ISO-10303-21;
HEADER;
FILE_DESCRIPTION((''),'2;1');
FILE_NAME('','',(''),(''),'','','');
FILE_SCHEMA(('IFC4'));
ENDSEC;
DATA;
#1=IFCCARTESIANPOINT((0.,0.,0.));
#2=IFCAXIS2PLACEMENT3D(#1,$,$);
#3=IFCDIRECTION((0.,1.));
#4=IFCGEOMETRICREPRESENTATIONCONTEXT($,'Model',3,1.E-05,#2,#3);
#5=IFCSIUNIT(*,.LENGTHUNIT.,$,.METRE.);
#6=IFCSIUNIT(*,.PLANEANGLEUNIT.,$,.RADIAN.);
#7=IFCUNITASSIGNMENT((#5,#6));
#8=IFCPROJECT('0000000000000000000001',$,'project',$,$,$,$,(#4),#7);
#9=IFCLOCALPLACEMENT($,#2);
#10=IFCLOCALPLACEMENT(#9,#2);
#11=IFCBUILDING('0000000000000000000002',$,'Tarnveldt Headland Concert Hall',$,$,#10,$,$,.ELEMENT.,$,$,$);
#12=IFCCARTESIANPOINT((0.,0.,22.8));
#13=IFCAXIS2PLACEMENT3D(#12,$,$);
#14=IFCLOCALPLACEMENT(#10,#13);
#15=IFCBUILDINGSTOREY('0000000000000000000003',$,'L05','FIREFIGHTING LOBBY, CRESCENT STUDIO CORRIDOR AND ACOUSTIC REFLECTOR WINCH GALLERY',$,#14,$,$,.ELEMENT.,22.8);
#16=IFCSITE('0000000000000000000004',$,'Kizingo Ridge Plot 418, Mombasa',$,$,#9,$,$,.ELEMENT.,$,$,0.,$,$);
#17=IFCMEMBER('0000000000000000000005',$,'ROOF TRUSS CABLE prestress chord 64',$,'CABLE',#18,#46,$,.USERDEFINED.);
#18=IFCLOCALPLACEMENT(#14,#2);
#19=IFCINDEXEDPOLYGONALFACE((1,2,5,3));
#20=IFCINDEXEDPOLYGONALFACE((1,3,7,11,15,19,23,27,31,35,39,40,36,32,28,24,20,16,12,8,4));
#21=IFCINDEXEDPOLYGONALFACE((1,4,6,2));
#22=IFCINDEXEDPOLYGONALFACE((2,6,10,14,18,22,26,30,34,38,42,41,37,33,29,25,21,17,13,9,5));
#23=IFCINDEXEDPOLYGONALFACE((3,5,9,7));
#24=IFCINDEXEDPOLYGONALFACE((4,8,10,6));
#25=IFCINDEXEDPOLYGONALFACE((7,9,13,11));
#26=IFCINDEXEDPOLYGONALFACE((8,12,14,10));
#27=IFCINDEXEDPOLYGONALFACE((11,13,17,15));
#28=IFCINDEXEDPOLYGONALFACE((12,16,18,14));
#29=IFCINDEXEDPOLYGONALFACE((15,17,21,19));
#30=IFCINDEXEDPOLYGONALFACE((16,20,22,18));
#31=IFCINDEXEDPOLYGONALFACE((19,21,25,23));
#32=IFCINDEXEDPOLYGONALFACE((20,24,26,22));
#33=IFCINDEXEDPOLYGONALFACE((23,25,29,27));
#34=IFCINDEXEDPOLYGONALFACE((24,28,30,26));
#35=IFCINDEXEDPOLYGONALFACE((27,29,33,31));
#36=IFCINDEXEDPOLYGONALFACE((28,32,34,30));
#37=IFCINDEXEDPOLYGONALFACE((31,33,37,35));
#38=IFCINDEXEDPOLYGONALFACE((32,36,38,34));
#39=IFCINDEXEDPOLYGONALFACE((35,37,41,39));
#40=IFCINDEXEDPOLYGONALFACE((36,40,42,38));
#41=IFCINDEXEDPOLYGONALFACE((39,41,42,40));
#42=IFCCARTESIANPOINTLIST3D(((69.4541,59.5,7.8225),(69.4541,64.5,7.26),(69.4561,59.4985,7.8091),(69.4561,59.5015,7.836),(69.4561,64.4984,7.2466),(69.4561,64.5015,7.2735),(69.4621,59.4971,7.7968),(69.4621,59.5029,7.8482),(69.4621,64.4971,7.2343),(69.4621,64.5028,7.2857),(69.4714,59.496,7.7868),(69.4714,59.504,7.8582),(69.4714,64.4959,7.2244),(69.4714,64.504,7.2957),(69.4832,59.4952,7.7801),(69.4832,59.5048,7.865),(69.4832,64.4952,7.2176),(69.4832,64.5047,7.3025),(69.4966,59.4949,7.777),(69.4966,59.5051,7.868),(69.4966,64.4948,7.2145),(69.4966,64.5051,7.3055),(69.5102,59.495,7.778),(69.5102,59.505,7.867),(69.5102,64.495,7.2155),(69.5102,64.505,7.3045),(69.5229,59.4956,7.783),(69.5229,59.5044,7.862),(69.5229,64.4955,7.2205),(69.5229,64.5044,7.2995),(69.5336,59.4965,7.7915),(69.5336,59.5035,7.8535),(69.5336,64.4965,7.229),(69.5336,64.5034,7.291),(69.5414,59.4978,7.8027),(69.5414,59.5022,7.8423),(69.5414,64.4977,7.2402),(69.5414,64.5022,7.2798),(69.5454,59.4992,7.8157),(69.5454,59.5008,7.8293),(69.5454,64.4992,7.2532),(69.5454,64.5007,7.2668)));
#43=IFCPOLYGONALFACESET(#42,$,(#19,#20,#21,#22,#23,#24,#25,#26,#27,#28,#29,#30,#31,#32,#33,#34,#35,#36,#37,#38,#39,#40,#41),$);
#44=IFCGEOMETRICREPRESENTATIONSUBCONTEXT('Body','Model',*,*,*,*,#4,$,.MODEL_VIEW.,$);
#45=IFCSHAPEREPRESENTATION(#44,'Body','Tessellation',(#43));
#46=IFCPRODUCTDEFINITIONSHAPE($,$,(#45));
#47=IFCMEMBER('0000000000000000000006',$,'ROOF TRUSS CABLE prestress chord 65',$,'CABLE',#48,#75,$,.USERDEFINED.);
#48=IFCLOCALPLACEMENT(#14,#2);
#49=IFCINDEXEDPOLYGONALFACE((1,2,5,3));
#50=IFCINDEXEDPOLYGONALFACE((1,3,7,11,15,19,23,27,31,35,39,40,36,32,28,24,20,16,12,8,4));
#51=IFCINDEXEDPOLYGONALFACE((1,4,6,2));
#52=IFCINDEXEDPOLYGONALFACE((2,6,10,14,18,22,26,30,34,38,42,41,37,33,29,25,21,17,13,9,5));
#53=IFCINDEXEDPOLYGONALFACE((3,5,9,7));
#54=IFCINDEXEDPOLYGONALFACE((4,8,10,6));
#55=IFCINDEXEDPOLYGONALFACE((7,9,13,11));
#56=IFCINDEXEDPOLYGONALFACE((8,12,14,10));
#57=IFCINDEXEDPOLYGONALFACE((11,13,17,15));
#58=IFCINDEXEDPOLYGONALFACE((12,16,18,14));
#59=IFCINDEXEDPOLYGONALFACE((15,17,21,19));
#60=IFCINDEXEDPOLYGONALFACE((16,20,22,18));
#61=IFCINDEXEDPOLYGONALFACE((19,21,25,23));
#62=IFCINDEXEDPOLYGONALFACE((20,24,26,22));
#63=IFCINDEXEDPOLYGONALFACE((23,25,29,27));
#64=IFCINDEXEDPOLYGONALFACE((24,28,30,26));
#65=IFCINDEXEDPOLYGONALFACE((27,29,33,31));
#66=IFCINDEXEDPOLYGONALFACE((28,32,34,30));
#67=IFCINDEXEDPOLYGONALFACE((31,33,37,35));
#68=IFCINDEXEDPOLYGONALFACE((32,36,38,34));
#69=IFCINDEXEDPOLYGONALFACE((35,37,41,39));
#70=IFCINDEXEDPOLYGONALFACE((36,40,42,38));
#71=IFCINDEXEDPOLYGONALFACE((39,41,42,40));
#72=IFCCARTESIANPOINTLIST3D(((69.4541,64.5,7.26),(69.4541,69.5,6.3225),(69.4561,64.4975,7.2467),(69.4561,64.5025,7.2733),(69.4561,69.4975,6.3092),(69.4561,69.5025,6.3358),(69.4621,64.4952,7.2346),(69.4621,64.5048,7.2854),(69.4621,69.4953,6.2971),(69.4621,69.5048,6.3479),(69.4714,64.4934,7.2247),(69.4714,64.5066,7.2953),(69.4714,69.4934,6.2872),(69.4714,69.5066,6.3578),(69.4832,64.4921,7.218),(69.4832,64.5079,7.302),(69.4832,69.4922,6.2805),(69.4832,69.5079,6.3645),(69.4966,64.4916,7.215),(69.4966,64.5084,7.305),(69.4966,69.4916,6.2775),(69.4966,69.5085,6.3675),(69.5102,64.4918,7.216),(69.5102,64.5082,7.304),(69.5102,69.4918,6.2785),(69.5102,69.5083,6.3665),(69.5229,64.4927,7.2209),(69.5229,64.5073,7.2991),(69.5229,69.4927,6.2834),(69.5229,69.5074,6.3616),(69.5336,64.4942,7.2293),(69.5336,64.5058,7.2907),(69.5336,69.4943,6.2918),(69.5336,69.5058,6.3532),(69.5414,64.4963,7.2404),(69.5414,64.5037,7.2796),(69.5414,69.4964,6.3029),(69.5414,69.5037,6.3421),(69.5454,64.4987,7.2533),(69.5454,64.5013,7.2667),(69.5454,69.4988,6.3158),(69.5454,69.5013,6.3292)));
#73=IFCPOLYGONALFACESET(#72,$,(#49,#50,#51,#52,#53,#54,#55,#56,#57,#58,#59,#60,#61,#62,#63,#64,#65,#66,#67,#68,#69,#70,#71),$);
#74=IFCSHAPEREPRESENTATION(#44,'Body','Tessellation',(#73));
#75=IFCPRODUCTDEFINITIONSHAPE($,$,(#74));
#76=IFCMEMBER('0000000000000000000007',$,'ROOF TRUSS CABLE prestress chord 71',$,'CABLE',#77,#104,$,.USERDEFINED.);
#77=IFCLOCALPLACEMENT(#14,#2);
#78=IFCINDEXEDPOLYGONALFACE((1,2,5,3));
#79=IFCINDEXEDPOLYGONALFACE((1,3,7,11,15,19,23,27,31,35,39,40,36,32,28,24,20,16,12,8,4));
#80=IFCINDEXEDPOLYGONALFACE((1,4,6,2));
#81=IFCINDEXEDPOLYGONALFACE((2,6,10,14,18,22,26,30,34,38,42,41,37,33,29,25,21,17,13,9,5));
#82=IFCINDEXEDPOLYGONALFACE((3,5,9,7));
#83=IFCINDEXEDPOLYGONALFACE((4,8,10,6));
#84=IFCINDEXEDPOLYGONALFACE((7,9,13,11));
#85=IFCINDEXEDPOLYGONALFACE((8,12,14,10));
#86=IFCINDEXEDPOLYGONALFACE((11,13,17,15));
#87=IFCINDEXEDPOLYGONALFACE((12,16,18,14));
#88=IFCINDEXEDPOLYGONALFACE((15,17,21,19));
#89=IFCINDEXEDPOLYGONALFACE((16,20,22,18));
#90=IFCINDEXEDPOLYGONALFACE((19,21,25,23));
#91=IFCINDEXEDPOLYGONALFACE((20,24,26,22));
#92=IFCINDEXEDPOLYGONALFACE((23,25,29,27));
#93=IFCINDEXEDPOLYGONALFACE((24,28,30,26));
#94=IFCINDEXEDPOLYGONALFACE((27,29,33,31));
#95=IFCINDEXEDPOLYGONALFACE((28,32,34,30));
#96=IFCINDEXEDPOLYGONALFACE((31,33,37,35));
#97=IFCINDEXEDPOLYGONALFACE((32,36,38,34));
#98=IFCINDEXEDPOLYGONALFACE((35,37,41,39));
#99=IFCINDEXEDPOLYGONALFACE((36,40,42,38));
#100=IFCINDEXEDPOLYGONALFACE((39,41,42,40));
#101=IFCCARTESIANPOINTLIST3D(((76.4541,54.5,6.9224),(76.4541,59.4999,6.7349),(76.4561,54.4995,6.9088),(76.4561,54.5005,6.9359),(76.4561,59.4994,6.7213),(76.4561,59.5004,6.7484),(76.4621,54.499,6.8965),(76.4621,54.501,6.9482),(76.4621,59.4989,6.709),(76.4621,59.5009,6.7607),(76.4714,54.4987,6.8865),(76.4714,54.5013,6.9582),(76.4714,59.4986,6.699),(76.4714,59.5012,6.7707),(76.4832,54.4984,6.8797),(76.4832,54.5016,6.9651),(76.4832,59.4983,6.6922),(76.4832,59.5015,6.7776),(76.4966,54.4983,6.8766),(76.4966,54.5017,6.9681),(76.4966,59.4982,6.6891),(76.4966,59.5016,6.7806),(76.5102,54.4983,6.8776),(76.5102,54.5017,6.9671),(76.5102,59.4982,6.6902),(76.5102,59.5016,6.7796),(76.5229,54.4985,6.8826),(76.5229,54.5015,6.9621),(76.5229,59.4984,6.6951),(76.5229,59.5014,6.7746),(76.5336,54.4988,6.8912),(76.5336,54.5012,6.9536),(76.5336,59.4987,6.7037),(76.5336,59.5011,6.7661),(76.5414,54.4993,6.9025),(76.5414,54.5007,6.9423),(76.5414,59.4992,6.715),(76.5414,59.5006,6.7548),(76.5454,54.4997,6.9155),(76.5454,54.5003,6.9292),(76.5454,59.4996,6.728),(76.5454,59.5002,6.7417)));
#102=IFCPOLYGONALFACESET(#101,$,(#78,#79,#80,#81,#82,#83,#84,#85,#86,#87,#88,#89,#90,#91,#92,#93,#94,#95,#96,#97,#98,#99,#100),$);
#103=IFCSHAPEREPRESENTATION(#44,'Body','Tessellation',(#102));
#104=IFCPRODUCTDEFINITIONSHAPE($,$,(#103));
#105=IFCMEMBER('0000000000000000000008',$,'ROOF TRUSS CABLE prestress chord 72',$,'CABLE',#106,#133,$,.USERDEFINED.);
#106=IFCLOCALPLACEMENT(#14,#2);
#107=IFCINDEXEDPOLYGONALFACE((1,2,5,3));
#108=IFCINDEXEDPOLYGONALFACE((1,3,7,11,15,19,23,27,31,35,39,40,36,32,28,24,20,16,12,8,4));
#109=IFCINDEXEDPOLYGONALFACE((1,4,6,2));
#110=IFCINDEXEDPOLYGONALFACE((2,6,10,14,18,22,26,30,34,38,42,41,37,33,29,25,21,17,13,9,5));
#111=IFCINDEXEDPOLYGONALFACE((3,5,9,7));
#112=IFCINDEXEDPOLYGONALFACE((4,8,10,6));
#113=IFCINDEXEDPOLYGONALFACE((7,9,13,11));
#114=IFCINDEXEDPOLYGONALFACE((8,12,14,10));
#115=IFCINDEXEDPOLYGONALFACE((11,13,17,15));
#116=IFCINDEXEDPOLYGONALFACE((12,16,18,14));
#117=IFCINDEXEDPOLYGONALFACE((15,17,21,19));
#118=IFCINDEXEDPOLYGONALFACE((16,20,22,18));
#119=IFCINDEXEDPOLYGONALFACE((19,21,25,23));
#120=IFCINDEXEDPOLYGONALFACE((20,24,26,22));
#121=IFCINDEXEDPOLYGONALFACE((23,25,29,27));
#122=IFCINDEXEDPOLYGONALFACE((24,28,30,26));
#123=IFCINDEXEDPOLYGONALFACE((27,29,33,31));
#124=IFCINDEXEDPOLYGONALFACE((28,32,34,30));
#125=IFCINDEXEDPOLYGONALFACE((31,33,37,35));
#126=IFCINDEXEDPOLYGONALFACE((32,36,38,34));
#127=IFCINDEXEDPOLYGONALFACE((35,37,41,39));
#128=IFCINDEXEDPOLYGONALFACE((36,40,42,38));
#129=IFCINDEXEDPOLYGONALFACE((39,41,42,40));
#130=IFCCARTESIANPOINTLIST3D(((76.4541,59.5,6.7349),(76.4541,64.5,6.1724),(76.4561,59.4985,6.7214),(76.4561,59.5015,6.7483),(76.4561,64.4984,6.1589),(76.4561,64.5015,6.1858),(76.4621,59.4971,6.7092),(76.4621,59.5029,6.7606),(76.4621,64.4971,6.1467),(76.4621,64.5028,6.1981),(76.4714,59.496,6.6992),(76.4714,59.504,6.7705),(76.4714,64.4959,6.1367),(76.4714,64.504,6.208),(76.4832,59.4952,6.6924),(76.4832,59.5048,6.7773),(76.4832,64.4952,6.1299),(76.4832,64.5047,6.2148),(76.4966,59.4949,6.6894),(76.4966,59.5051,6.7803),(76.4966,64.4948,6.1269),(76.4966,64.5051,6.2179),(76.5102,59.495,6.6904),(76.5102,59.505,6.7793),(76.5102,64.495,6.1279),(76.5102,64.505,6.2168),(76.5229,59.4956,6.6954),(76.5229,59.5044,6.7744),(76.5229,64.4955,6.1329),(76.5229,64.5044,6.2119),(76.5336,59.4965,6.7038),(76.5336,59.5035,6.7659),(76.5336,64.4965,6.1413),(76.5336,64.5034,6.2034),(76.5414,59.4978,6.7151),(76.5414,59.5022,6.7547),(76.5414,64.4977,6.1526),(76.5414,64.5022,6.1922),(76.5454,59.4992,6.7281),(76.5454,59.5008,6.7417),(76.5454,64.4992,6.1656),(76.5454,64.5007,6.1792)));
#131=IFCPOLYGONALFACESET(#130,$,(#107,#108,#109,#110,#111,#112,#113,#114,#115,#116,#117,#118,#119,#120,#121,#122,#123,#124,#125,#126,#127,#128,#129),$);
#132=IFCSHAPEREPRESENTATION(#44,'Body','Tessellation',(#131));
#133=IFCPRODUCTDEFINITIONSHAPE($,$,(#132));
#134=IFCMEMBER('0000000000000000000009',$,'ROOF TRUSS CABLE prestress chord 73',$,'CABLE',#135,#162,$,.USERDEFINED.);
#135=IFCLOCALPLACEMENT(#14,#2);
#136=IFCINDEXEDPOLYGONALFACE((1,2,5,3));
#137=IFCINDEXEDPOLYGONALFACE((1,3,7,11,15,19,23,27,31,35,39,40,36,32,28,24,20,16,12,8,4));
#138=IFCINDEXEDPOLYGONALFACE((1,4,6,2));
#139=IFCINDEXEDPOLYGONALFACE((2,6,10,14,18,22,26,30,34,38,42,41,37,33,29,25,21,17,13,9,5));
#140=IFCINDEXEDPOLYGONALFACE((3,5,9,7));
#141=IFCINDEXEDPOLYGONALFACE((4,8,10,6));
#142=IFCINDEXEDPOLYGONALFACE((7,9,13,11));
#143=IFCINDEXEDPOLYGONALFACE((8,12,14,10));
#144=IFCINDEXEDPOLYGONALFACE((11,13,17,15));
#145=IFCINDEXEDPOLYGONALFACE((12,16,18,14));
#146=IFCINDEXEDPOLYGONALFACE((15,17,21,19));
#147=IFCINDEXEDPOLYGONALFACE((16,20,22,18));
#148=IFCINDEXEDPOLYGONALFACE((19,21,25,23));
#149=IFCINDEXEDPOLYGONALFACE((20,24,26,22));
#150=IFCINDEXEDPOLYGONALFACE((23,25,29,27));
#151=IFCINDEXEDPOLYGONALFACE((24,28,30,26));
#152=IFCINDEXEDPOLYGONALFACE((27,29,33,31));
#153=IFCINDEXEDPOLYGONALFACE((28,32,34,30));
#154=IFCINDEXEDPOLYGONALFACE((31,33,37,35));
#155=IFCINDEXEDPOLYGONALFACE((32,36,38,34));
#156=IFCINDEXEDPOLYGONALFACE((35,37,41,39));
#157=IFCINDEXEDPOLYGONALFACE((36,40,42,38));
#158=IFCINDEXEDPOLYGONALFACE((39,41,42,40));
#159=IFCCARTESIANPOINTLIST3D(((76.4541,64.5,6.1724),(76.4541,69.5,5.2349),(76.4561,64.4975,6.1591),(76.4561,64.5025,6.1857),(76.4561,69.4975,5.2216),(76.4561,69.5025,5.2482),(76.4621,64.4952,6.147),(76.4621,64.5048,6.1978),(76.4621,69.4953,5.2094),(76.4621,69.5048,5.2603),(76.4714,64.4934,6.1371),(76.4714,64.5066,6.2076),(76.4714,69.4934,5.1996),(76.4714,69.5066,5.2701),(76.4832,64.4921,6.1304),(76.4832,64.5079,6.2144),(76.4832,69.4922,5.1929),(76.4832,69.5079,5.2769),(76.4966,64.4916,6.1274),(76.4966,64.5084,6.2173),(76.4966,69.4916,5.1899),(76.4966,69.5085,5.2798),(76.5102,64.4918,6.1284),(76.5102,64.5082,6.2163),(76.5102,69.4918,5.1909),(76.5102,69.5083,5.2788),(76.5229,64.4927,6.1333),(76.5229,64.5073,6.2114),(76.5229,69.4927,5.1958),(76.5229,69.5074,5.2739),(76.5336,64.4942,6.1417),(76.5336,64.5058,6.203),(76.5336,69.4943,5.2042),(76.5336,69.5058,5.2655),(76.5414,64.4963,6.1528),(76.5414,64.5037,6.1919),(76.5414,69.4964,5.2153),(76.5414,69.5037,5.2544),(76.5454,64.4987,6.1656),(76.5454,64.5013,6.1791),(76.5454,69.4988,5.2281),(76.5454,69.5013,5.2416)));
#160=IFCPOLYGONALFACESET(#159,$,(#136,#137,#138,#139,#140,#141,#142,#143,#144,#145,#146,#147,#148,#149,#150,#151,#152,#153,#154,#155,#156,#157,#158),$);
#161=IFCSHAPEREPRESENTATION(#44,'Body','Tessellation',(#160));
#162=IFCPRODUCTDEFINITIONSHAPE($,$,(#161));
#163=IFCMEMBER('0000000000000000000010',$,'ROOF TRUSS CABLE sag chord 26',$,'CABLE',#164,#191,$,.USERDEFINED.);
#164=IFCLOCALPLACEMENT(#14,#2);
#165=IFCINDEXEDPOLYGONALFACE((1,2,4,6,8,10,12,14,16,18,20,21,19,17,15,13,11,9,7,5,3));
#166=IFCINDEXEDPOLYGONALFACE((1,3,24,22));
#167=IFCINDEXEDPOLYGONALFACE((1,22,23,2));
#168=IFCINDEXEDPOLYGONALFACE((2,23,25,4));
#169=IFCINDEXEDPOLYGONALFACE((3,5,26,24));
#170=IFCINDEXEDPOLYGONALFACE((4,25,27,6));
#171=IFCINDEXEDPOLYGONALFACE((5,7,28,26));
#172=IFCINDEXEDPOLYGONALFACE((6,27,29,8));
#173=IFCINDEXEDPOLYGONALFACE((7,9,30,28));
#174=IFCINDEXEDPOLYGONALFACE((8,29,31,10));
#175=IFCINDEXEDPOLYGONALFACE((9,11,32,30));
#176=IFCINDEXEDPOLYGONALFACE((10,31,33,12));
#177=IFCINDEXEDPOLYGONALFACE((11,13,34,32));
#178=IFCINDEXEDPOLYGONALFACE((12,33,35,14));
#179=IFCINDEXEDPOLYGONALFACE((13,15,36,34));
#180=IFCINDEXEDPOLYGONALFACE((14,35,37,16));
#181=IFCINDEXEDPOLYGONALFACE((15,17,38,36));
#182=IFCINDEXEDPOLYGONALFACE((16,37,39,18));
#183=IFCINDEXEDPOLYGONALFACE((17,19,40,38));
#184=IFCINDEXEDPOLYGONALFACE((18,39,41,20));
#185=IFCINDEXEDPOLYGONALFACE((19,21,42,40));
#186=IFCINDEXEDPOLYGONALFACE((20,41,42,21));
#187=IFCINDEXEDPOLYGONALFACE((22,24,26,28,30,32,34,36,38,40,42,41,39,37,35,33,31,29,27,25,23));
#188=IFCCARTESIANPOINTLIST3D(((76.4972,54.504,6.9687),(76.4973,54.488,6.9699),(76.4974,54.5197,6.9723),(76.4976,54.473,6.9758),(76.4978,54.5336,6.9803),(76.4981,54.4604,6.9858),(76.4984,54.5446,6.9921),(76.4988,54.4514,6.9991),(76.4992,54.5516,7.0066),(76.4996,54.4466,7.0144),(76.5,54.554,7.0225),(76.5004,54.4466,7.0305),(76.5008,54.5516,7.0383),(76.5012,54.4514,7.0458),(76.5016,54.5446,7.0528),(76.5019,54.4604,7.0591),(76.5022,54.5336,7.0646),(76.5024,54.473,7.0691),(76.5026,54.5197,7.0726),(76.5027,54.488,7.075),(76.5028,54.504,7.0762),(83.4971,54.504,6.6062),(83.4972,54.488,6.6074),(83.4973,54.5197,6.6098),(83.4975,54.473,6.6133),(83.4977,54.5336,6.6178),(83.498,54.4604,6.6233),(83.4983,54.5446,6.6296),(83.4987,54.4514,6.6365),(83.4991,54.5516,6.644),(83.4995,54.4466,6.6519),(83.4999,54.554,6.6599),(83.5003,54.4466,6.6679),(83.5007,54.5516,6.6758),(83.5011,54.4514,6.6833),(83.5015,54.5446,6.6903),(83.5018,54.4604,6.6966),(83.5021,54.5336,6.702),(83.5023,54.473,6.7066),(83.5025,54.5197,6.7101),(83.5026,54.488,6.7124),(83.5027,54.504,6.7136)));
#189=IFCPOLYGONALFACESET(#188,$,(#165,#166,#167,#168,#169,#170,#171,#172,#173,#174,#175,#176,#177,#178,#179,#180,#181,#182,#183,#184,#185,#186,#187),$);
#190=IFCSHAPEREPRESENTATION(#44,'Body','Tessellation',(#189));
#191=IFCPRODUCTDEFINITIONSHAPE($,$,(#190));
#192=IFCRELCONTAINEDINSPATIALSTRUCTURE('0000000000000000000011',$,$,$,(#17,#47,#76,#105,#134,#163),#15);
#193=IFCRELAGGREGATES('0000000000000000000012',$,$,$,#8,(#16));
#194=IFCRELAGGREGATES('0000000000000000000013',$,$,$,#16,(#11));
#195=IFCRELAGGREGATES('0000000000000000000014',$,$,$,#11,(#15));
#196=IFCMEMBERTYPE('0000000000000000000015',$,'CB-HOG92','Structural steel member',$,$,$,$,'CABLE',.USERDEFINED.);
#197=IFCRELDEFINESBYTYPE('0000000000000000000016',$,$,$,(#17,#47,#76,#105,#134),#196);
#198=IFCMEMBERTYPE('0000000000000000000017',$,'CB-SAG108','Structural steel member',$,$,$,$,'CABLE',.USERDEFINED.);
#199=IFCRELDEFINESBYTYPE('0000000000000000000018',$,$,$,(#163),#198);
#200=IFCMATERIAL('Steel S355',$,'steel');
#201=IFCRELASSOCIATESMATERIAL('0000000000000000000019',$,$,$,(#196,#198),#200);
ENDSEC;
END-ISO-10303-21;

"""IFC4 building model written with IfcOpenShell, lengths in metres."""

from ifc_helpers import new_model, si_unit, direction, frame, origin, origin_2d, place, context, subcontext, project, spatial, circle, extrude, material, material_profile, profile_set, type_object, element, save


model = new_model("IFC4")

# Units and contexts
model_context = context("Model", 3, precision=1e-05, world=origin(), true_north=direction((0.0, 1.0)))
body_context = subcontext(model_context, "Body", "Model", "MODEL_VIEW")
ifc_project = project(units=[si_unit("LENGTHUNIT", "METRE"), si_unit("PLANEANGLEUNIT", "RADIAN")], contexts=[model_context])

# Site, building, storey
site_placement = place(None, origin())
site = spatial("IfcSite", under=ifc_project, at=site_placement, Name="Kizingo Ridge Plot 418, Mombasa", CompositionType="ELEMENT", RefElevation=0.0)
building_placement = place(site_placement, origin())
building = spatial("IfcBuilding", under=site, at=building_placement, Name="Tarnveldt Headland Concert Hall", CompositionType="ELEMENT")
storey_placement = place(building_placement, frame((0.0, 0.0, 22.8)))
storey = spatial("IfcBuildingStorey", under=building, at=storey_placement, Name="L05", Description="FIREFIGHTING LOBBY, CRESCENT STUDIO CORRIDOR AND ACOUSTIC REFLECTOR WINCH GALLERY", CompositionType="ELEMENT", Elevation=22.8)

# Members
ifc_material_1 = material(Name="Steel S355", Category="steel")
ifc_material_profile_1 = material_profile(ifc_material_1, circle(Radius=0.0459, at=origin_2d()), Name="LC D92", Category="steel")
ifc_profile_set_1 = profile_set([ifc_material_profile_1], Name="Steel S355")
member_type_1 = type_object("IfcMemberType", Name="CB-HOG92", Description="Structural steel member", ElementType="CABLE", PredefinedType="USERDEFINED", material=ifc_profile_set_1)
member_1_placement = place(storey_placement, frame((69.5, 59.5, 7.8225), z_axis=(0.0, 0.993731, -0.111795), x_axis=(-1.0, 0.0, 0.0)))
element("IfcMember", 1, at=member_1_placement, inside=storey, type_object=member_type_1, Name="ROOF TRUSS CABLE prestress chord 64", ObjectType="CABLE", PredefinedType="USERDEFINED", context=body_context, shape_type="SweptSolid", body=[
    extrude(circle(Radius=0.0459, at=origin_2d()), origin(), (0.0, 0.0, 1.0), 5.0315),
])
member_2_placement = place(storey_placement, frame((69.5, 64.5, 7.26), z_axis=(0.0, 0.982872, -0.184289), x_axis=(-1.0, 0.0, 0.0)))
element("IfcMember", 2, at=member_2_placement, inside=storey, type_object=member_type_1, Name="ROOF TRUSS CABLE prestress chord 65", ObjectType="CABLE", PredefinedType="USERDEFINED", context=body_context, shape_type="SweptSolid", body=[
    extrude(circle(Radius=0.0459, at=origin_2d()), origin(), (0.0, 0.0, 1.0), 5.0872),
])
member_3_placement = place(storey_placement, frame((76.5, 54.5, 6.9224), z_axis=(0.0, 0.999298, -0.037474), x_axis=(-1.0, 0.0, 0.0)))
element("IfcMember", 3, at=member_3_placement, inside=storey, type_object=member_type_1, Name="ROOF TRUSS CABLE prestress chord 71", ObjectType="CABLE", PredefinedType="USERDEFINED", context=body_context, shape_type="SweptSolid", body=[
    extrude(circle(Radius=0.0459, at=origin_2d()), origin(), (0.0, 0.0, 1.0), 5.0034),
])
member_4_placement = place(storey_placement, frame((76.5, 59.5, 6.7349), z_axis=(0.0, 0.993731, -0.111795), x_axis=(-1.0, 0.0, 0.0)))
element("IfcMember", 4, at=member_4_placement, inside=storey, type_object=member_type_1, Name="ROOF TRUSS CABLE prestress chord 72", ObjectType="CABLE", PredefinedType="USERDEFINED", context=body_context, shape_type="SweptSolid", body=[
    extrude(circle(Radius=0.0459, at=origin_2d()), origin(), (0.0, 0.0, 1.0), 5.0315),
])
member_5_placement = place(storey_placement, frame((76.5, 64.5, 6.1724), z_axis=(0.0, 0.982872, -0.184289), x_axis=(-1.0, 0.0, 0.0)))
element("IfcMember", 5, at=member_5_placement, inside=storey, type_object=member_type_1, Name="ROOF TRUSS CABLE prestress chord 73", ObjectType="CABLE", PredefinedType="USERDEFINED", context=body_context, shape_type="SweptSolid", body=[
    extrude(circle(Radius=0.0459, at=origin_2d()), origin(), (0.0, 0.0, 1.0), 5.0872),
])
ifc_material_profile_2 = material_profile(ifc_material_1, circle(Radius=0.054, at=origin_2d()), Name="LC D108", Category="steel")
ifc_profile_set_2 = profile_set([ifc_material_profile_2], Name="Steel S355")
member_type_2 = type_object("IfcMemberType", Name="CB-SAG108", Description="Structural steel member", ElementType="CABLE", PredefinedType="USERDEFINED", material=ifc_profile_set_2)
member_6_placement = place(storey_placement, frame((76.5, 54.5, 7.0225), z_axis=(0.998661, 0.0, -0.051723), x_axis=(0.0, 1.0, 0.0)))
element("IfcMember", 6, at=member_6_placement, inside=storey, type_object=member_type_2, Name="ROOF TRUSS CABLE sag chord 26", ObjectType="CABLE", PredefinedType="USERDEFINED", context=body_context, shape_type="SweptSolid", body=[
    extrude(circle(Radius=0.054, at=origin_2d()), origin(), (0.0, 0.0, 1.0), 7.0093),
])

save(model, "model.ifc")
